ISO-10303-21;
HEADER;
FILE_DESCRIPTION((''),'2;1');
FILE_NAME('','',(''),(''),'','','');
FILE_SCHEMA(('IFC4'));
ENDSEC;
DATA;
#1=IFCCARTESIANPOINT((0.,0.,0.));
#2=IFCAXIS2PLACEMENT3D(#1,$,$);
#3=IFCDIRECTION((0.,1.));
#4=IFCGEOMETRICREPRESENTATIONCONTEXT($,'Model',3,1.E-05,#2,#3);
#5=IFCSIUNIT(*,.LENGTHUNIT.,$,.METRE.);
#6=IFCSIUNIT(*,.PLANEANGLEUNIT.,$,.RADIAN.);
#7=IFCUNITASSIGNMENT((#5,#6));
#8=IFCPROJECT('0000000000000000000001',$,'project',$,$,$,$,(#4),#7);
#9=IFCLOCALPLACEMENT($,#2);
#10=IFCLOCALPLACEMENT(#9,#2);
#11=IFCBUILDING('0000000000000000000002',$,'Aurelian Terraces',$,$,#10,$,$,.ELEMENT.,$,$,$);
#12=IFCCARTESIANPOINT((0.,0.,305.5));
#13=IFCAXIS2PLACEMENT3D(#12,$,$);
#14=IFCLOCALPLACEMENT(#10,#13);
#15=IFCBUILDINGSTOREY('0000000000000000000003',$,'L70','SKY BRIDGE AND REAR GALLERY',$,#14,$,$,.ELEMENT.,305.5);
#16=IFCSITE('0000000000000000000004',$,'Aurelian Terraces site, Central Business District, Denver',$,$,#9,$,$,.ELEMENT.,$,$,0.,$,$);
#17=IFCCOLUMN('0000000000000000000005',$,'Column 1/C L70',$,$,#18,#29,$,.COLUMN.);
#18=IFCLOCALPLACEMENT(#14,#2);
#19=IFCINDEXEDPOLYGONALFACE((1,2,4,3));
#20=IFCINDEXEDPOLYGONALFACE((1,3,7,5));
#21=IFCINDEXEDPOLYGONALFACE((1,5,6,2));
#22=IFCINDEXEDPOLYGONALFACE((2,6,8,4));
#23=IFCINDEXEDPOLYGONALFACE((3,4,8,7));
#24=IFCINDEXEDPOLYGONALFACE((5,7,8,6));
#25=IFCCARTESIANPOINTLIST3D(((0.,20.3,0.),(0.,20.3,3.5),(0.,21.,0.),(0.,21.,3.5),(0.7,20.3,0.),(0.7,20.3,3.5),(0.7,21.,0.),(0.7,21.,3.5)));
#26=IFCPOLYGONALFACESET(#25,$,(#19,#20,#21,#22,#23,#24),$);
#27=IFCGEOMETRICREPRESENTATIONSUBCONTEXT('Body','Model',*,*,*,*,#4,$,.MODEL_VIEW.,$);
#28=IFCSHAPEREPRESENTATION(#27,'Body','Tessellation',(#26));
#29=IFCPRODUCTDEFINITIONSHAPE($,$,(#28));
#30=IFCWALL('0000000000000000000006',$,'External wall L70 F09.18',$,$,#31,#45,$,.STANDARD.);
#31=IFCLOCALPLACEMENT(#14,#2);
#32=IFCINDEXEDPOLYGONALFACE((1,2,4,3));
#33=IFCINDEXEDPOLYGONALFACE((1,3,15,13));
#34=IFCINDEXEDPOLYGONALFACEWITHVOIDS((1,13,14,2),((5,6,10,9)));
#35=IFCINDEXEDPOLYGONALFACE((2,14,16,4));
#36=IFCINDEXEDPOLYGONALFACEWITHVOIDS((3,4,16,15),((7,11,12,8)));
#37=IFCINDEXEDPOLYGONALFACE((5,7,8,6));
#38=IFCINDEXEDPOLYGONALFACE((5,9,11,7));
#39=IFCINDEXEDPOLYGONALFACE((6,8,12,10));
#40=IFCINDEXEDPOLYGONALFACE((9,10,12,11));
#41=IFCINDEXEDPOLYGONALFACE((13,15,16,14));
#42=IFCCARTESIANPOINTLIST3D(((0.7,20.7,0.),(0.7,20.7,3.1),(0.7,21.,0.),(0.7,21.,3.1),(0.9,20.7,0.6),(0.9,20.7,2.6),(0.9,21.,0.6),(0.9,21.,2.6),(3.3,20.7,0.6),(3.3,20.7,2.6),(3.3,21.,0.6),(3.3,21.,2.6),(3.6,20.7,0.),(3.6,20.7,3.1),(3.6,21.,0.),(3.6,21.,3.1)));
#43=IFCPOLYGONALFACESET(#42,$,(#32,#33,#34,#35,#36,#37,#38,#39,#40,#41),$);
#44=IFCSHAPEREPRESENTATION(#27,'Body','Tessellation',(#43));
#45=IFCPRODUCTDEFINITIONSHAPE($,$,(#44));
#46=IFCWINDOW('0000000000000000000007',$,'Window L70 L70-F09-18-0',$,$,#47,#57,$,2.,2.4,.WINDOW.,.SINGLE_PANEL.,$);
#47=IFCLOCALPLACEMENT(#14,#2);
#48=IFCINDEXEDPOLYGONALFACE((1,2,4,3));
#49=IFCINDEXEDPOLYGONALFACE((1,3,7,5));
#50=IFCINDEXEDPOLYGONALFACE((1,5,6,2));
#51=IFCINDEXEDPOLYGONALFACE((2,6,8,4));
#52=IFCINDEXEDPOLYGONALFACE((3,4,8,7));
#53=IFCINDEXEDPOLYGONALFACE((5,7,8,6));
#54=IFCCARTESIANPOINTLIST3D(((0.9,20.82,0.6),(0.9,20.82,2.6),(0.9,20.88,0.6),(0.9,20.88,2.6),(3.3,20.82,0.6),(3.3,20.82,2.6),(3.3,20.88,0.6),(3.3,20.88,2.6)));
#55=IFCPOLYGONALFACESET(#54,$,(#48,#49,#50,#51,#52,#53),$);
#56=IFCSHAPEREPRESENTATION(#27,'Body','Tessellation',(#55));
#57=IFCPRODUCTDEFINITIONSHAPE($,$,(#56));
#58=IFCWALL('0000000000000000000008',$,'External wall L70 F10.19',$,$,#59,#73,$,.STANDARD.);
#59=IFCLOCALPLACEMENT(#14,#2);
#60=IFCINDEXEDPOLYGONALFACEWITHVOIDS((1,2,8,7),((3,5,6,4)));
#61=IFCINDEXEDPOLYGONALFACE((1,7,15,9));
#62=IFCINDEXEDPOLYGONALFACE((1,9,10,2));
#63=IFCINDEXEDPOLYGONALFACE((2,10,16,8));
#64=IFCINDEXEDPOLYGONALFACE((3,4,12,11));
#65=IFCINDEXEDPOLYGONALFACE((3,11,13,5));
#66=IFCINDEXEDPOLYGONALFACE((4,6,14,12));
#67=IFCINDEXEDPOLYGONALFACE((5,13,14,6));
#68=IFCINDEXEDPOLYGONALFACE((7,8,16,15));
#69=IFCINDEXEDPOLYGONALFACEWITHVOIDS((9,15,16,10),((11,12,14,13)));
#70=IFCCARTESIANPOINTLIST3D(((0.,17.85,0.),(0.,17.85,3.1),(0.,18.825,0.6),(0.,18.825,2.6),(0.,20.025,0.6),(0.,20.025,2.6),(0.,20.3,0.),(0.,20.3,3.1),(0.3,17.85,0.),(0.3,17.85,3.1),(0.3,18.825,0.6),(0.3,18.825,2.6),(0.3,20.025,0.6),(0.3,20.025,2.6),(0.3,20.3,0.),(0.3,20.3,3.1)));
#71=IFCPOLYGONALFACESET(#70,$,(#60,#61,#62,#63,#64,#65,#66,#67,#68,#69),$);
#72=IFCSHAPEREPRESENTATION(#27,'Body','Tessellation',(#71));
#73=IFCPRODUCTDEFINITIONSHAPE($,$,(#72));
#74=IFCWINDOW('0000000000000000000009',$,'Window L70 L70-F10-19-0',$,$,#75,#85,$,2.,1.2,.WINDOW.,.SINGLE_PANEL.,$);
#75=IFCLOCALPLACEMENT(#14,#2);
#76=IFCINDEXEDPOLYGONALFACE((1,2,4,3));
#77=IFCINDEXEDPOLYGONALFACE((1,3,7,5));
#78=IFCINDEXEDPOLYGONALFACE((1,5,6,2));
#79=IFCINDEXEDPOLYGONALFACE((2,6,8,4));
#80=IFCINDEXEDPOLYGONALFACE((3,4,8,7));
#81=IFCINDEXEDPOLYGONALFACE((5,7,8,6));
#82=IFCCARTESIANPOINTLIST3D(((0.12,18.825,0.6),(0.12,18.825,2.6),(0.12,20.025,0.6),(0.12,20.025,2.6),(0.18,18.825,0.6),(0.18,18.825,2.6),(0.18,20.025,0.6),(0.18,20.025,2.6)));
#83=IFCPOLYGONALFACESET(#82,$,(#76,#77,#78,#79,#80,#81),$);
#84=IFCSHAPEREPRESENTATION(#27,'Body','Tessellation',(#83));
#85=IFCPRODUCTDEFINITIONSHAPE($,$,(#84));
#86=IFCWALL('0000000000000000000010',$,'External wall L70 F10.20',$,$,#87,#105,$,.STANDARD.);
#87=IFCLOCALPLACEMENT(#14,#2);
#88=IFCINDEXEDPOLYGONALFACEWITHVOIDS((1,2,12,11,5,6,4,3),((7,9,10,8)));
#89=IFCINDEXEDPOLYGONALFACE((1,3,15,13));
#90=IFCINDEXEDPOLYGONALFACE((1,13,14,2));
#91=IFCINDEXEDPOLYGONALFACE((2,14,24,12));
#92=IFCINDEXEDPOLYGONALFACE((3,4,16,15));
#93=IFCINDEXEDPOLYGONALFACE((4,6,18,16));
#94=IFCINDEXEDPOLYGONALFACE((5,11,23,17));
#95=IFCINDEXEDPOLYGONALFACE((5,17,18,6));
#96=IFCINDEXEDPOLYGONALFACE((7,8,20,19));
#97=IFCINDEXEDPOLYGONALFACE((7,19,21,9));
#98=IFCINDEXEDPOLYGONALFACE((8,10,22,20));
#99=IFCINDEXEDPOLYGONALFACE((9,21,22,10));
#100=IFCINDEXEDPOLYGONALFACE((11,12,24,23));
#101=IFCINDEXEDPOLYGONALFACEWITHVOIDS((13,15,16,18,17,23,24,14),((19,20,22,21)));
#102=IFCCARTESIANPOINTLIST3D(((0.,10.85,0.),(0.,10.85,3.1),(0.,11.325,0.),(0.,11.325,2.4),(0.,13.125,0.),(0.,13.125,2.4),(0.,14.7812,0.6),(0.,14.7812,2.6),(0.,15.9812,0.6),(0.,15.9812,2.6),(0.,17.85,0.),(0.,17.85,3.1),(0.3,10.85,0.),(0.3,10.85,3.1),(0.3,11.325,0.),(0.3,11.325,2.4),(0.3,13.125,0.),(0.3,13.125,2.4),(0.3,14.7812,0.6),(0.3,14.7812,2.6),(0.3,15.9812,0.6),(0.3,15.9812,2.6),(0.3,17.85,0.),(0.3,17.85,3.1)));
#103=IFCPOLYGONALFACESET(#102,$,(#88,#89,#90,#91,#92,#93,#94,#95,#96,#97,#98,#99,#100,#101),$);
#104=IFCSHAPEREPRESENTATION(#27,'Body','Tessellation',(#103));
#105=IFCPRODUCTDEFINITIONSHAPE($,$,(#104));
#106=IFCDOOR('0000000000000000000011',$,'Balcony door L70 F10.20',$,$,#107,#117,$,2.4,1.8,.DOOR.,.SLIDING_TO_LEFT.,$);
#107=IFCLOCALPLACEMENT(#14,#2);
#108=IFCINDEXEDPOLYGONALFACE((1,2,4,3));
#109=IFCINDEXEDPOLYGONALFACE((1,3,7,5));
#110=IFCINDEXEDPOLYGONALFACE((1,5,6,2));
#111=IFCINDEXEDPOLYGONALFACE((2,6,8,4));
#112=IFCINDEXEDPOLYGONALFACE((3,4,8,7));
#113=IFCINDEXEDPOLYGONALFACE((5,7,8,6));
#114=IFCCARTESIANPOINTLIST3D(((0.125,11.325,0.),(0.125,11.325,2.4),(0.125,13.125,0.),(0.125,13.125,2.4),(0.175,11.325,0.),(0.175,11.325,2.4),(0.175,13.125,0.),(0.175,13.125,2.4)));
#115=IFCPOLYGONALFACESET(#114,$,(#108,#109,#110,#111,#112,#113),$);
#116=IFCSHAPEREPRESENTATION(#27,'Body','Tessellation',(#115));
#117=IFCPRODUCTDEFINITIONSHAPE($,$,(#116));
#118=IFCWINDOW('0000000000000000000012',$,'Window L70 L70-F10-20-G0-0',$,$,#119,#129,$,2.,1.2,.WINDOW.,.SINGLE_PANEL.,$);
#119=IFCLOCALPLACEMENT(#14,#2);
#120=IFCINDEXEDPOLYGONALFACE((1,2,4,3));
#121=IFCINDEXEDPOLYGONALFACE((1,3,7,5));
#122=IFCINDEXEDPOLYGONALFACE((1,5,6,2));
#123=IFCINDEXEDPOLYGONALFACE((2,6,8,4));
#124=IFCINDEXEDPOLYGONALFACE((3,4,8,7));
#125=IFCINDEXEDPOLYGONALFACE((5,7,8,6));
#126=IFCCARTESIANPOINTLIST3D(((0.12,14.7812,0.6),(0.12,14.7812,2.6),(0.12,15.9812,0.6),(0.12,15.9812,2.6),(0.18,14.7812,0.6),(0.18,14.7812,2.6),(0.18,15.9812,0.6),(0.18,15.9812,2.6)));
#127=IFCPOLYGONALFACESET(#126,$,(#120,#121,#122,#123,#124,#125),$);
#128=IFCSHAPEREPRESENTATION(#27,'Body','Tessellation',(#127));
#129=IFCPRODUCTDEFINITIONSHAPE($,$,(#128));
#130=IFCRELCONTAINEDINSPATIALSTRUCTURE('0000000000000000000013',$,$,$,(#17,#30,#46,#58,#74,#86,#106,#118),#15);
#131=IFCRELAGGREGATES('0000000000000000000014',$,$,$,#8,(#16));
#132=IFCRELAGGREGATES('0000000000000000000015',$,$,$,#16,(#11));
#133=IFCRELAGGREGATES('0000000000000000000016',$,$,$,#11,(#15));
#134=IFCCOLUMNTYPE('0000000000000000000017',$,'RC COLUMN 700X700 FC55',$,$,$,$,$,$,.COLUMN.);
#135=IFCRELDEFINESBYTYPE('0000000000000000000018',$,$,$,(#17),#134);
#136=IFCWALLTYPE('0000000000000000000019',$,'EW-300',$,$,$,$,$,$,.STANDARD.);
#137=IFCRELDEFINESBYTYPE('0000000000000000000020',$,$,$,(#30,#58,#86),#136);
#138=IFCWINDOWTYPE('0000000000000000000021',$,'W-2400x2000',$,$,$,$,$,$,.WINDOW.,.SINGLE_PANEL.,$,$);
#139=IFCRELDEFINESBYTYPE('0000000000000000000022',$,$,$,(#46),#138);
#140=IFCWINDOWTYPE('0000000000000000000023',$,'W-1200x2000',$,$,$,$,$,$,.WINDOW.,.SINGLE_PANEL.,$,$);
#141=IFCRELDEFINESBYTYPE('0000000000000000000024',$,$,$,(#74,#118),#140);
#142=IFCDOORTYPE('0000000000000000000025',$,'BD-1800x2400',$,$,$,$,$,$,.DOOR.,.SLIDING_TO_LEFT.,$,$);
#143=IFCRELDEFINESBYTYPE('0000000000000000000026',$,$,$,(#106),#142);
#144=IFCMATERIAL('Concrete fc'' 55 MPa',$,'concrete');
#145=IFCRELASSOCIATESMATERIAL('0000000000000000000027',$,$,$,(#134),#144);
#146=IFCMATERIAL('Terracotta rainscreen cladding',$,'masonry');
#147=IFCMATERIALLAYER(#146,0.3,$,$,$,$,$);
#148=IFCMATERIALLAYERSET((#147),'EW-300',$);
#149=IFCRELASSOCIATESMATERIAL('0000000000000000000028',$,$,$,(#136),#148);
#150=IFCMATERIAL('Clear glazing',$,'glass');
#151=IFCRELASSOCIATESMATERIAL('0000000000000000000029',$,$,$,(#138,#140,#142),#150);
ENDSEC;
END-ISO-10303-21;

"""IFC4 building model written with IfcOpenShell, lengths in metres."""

from ifc_helpers import new_model, si_unit, direction, frame, frame_2d, origin, origin_2d, place, context, subcontext, project, spatial, rectangle, extrude, source, transform, mapped, material, layer, layer_set, material_profile, profile_set, type_object, element, fill, save


model = new_model("IFC4")

# Units and contexts
model_context = context("Model", 3, precision=1e-05, world=origin(), true_north=direction((0.0, 1.0)))
body_context = subcontext(model_context, "Body", "Model", "MODEL_VIEW")
ifc_project = project(units=[si_unit("LENGTHUNIT", "METRE"), si_unit("PLANEANGLEUNIT", "RADIAN")], contexts=[model_context])

# Site, building, storey
site_placement = place(None, origin())
site = spatial("IfcSite", under=ifc_project, at=site_placement, Name="Aurelian Terraces site, Central Business District, Denver", CompositionType="ELEMENT", RefElevation=0.0)
building_placement = place(site_placement, origin())
building = spatial("IfcBuilding", under=site, at=building_placement, Name="Aurelian Terraces", CompositionType="ELEMENT")
storey_placement = place(building_placement, frame((0.0, 0.0, 305.5)))
storey = spatial("IfcBuildingStorey", under=building, at=storey_placement, Name="L70", Description="SKY BRIDGE AND REAR GALLERY", CompositionType="ELEMENT", Elevation=305.5)

# Column
ifc_material_1 = material(Name="Concrete fc' 55 MPa", Category="concrete")
ifc_material_profile = material_profile(ifc_material_1, rectangle(XDim=0.7, YDim=0.7, at=origin_2d()))
ifc_profile_set = profile_set([ifc_material_profile], Name="Concrete fc' 55 MPa")
column_type = type_object("IfcColumnType", Name="RC COLUMN 700X700 FC55", PredefinedType="COLUMN", material=ifc_profile_set)
shared_shape_1 = source(origin(), body_context, "Body", "SweptSolid", [
    extrude(rectangle(XDim=0.7, YDim=0.7, at=origin_2d()), origin(), (0.0, 0.0, 1.0), 3.5),
])
column_placement = place(storey_placement, frame((0.35, 20.65, 0.0), z_axis=(0.0, 0.0, 1.0), x_axis=(1.0, 0.0, 0.0)))
element("IfcColumn", 1, at=column_placement, inside=storey, type_object=column_type, Name="Column 1/C L70", PredefinedType="COLUMN", context=body_context, shape_type="MappedRepresentation", body=[
    mapped(shared_shape_1, transform((0.0, 0.0, 0.0), scale=1.0)),
])

# Walls, openings, windows
ifc_material_2 = material(Name="Terracotta rainscreen cladding", Category="masonry")
ifc_layer_1 = layer(ifc_material_2, 0.3)
ifc_layer_set_1 = layer_set([ifc_layer_1], Name="EW-300")
wall_type_1 = type_object("IfcWallType", Name="EW-300", PredefinedType="STANDARD", material=ifc_layer_set_1)
shared_shape_2 = source(origin(), body_context, "Body", "SweptSolid", [
    extrude(rectangle(XDim=2.9, YDim=0.3, at=frame_2d((1.45, 0.0))), origin(), (0.0, 0.0, 1.0), 3.1),
])
wall_1_placement = place(storey_placement, frame((3.6, 20.85, 0.0), z_axis=(0.0, 0.0, 1.0), x_axis=(-1.0, 0.0, 0.0)))
wall_1 = element("IfcWall", 2, at=wall_1_placement, inside=storey, type_object=wall_type_1, Name="External wall L70 F09.18", PredefinedType="STANDARD", context=body_context, shape_type="MappedRepresentation", body=[
    mapped(shared_shape_2, transform((0.0, 0.0, 0.0), scale=1.0)),
])
shared_shape_3 = source(origin(), body_context, "Body", "SweptSolid", [
    extrude(rectangle(XDim=2.4, YDim=2.0, at=frame_2d((1.2, 1.0))), frame((0.0, 0.16, 0.0), z_axis=(0.0, -1.0, 0.0), x_axis=(1.0, 0.0, 0.0)), (0.0, 0.0, 1.0), 0.32),
])
opening_1_placement = place(wall_1_placement, frame((0.3, 0.0, 0.6)))
opening_1 = element("IfcOpeningElement", 3, at=opening_1_placement, cuts=wall_1, PredefinedType="OPENING", context=body_context, shape_type="MappedRepresentation", body=[
    mapped(shared_shape_3, transform((0.0, 0.0, 0.0), scale=1.0)),
])
ifc_material_3 = material(Name="Clear glazing", Category="glass")
window_type_1 = type_object("IfcWindowType", Name="W-2400x2000", PartitioningType="SINGLE_PANEL", PredefinedType="WINDOW", material=ifc_material_3)
shared_shape_4 = source(origin(), body_context, "Body", "SweptSolid", [
    extrude(rectangle(XDim=2.4, YDim=2.0, at=frame_2d((1.2, 1.0))), frame((0.0, 0.03, 0.0), z_axis=(0.0, -1.0, 0.0), x_axis=(1.0, 0.0, 0.0)), (0.0, 0.0, 1.0), 0.06),
])
window_1_placement = place(opening_1_placement, origin())
window_1 = element("IfcWindow", 4, at=window_1_placement, inside=storey, type_object=window_type_1, Name="Window L70 L70-F09-18-0", OverallHeight=2.0, OverallWidth=2.4, PartitioningType="SINGLE_PANEL", PredefinedType="WINDOW", context=body_context, shape_type="MappedRepresentation", body=[
    mapped(shared_shape_4, transform((0.0, 0.0, 0.0), scale=1.0)),
])
fill(opening_1, window_1)
shared_shape_5 = source(origin(), body_context, "Body", "SweptSolid", [
    extrude(rectangle(XDim=2.45, YDim=0.3, at=frame_2d((1.225, 0.0))), origin(), (0.0, 0.0, 1.0), 3.1),
])
wall_2_placement = place(storey_placement, frame((0.15, 20.3, 0.0), z_axis=(0.0, 0.0, 1.0), x_axis=(0.0, -1.0, 0.0)))
wall_2 = element("IfcWall", 5, at=wall_2_placement, inside=storey, type_object=wall_type_1, Name="External wall L70 F10.19", PredefinedType="STANDARD", context=body_context, shape_type="MappedRepresentation", body=[
    mapped(shared_shape_5, transform((0.0, 0.0, 0.0), scale=1.0)),
])
shared_shape_6 = source(origin(), body_context, "Body", "SweptSolid", [
    extrude(rectangle(XDim=1.2, YDim=2.0, at=frame_2d((0.6, 1.0))), frame((0.0, 0.16, 0.0), z_axis=(0.0, -1.0, 0.0), x_axis=(1.0, 0.0, 0.0)), (0.0, 0.0, 1.0), 0.32),
])
opening_2_placement = place(wall_2_placement, frame((0.275, 0.0, 0.6)))
opening_2 = element("IfcOpeningElement", 6, at=opening_2_placement, cuts=wall_2, PredefinedType="OPENING", context=body_context, shape_type="MappedRepresentation", body=[
    mapped(shared_shape_6, transform((0.0, 0.0, 0.0), scale=1.0)),
])
window_type_2 = type_object("IfcWindowType", Name="W-1200x2000", PartitioningType="SINGLE_PANEL", PredefinedType="WINDOW", material=ifc_material_3)
shared_shape_7 = source(origin(), body_context, "Body", "SweptSolid", [
    extrude(rectangle(XDim=1.2, YDim=2.0, at=frame_2d((0.6, 1.0))), frame((0.0, 0.03, 0.0), z_axis=(0.0, -1.0, 0.0), x_axis=(1.0, 0.0, 0.0)), (0.0, 0.0, 1.0), 0.06),
])
window_2_placement = place(opening_2_placement, origin())
window_2 = element("IfcWindow", 7, at=window_2_placement, inside=storey, type_object=window_type_2, Name="Window L70 L70-F10-19-0", OverallHeight=2.0, OverallWidth=1.2, PartitioningType="SINGLE_PANEL", PredefinedType="WINDOW", context=body_context, shape_type="MappedRepresentation", body=[
    mapped(shared_shape_7, transform((0.0, 0.0, 0.0), scale=1.0)),
])
fill(opening_2, window_2)

# Wall, openings, door, window
shared_shape_8 = source(origin(), body_context, "Body", "SweptSolid", [
    extrude(rectangle(XDim=7.0, YDim=0.3, at=frame_2d((3.5, 0.0))), origin(), (0.0, 0.0, 1.0), 3.1),
])
wall_3_placement = place(storey_placement, frame((0.15, 17.85, 0.0), z_axis=(0.0, 0.0, 1.0), x_axis=(0.0, -1.0, 0.0)))
wall_3 = element("IfcWall", 8, at=wall_3_placement, inside=storey, type_object=wall_type_1, Name="External wall L70 F10.20", PredefinedType="STANDARD", context=body_context, shape_type="MappedRepresentation", body=[
    mapped(shared_shape_8, transform((0.0, 0.0, 0.0), scale=1.0)),
])
shared_shape_9 = source(origin(), body_context, "Body", "SweptSolid", [
    extrude(rectangle(XDim=1.8, YDim=2.4, at=frame_2d((0.9, 1.2))), frame((0.0, 0.16, 0.0), z_axis=(0.0, -1.0, 0.0), x_axis=(1.0, 0.0, 0.0)), (0.0, 0.0, 1.0), 0.32),
])
opening_3_placement = place(wall_3_placement, frame((4.725, 0.0, 0.0)))
opening_3 = element("IfcOpeningElement", 9, at=opening_3_placement, cuts=wall_3, PredefinedType="OPENING", context=body_context, shape_type="MappedRepresentation", body=[
    mapped(shared_shape_9, transform((0.0, 0.0, 0.0), scale=1.0)),
])
opening_4_placement = place(wall_3_placement, frame((1.8688, 0.0, 0.6)))
opening_4 = element("IfcOpeningElement", 10, at=opening_4_placement, cuts=wall_3, PredefinedType="OPENING", context=body_context, shape_type="MappedRepresentation", body=[
    mapped(shared_shape_6, transform((0.0, 0.0, 0.0), scale=1.0)),
])
door_type_1 = type_object("IfcDoorType", Name="BD-1800x2400", OperationType="SLIDING_TO_LEFT", PredefinedType="DOOR", material=ifc_material_3)
shared_shape_10 = source(origin(), body_context, "Body", "SweptSolid", [
    extrude(rectangle(XDim=1.8, YDim=2.4, at=frame_2d((0.9, 1.2))), frame((0.0, 0.025, 0.0), z_axis=(0.0, -1.0, 0.0), x_axis=(1.0, 0.0, 0.0)), (0.0, 0.0, 1.0), 0.05),
])
door_1_placement = place(opening_3_placement, origin())
door_1 = element("IfcDoor", 11, at=door_1_placement, inside=storey, type_object=door_type_1, Name="Balcony door L70 F10.20", OperationType="SLIDING_TO_LEFT", OverallHeight=2.4, OverallWidth=1.8, PredefinedType="DOOR", context=body_context, shape_type="MappedRepresentation", body=[
    mapped(shared_shape_10, transform((0.0, 0.0, 0.0), scale=1.0)),
])
fill(opening_3, door_1)
window_3_placement = place(opening_4_placement, origin())
window_3 = element("IfcWindow", 12, at=window_3_placement, inside=storey, type_object=window_type_2, Name="Window L70 L70-F10-20-G0-0", OverallHeight=2.0, OverallWidth=1.2, PartitioningType="SINGLE_PANEL", PredefinedType="WINDOW", context=body_context, shape_type="MappedRepresentation", body=[
    mapped(shared_shape_7, transform((0.0, 0.0, 0.0), scale=1.0)),
])
fill(opening_4, window_3)

save(model, "model.ifc")
